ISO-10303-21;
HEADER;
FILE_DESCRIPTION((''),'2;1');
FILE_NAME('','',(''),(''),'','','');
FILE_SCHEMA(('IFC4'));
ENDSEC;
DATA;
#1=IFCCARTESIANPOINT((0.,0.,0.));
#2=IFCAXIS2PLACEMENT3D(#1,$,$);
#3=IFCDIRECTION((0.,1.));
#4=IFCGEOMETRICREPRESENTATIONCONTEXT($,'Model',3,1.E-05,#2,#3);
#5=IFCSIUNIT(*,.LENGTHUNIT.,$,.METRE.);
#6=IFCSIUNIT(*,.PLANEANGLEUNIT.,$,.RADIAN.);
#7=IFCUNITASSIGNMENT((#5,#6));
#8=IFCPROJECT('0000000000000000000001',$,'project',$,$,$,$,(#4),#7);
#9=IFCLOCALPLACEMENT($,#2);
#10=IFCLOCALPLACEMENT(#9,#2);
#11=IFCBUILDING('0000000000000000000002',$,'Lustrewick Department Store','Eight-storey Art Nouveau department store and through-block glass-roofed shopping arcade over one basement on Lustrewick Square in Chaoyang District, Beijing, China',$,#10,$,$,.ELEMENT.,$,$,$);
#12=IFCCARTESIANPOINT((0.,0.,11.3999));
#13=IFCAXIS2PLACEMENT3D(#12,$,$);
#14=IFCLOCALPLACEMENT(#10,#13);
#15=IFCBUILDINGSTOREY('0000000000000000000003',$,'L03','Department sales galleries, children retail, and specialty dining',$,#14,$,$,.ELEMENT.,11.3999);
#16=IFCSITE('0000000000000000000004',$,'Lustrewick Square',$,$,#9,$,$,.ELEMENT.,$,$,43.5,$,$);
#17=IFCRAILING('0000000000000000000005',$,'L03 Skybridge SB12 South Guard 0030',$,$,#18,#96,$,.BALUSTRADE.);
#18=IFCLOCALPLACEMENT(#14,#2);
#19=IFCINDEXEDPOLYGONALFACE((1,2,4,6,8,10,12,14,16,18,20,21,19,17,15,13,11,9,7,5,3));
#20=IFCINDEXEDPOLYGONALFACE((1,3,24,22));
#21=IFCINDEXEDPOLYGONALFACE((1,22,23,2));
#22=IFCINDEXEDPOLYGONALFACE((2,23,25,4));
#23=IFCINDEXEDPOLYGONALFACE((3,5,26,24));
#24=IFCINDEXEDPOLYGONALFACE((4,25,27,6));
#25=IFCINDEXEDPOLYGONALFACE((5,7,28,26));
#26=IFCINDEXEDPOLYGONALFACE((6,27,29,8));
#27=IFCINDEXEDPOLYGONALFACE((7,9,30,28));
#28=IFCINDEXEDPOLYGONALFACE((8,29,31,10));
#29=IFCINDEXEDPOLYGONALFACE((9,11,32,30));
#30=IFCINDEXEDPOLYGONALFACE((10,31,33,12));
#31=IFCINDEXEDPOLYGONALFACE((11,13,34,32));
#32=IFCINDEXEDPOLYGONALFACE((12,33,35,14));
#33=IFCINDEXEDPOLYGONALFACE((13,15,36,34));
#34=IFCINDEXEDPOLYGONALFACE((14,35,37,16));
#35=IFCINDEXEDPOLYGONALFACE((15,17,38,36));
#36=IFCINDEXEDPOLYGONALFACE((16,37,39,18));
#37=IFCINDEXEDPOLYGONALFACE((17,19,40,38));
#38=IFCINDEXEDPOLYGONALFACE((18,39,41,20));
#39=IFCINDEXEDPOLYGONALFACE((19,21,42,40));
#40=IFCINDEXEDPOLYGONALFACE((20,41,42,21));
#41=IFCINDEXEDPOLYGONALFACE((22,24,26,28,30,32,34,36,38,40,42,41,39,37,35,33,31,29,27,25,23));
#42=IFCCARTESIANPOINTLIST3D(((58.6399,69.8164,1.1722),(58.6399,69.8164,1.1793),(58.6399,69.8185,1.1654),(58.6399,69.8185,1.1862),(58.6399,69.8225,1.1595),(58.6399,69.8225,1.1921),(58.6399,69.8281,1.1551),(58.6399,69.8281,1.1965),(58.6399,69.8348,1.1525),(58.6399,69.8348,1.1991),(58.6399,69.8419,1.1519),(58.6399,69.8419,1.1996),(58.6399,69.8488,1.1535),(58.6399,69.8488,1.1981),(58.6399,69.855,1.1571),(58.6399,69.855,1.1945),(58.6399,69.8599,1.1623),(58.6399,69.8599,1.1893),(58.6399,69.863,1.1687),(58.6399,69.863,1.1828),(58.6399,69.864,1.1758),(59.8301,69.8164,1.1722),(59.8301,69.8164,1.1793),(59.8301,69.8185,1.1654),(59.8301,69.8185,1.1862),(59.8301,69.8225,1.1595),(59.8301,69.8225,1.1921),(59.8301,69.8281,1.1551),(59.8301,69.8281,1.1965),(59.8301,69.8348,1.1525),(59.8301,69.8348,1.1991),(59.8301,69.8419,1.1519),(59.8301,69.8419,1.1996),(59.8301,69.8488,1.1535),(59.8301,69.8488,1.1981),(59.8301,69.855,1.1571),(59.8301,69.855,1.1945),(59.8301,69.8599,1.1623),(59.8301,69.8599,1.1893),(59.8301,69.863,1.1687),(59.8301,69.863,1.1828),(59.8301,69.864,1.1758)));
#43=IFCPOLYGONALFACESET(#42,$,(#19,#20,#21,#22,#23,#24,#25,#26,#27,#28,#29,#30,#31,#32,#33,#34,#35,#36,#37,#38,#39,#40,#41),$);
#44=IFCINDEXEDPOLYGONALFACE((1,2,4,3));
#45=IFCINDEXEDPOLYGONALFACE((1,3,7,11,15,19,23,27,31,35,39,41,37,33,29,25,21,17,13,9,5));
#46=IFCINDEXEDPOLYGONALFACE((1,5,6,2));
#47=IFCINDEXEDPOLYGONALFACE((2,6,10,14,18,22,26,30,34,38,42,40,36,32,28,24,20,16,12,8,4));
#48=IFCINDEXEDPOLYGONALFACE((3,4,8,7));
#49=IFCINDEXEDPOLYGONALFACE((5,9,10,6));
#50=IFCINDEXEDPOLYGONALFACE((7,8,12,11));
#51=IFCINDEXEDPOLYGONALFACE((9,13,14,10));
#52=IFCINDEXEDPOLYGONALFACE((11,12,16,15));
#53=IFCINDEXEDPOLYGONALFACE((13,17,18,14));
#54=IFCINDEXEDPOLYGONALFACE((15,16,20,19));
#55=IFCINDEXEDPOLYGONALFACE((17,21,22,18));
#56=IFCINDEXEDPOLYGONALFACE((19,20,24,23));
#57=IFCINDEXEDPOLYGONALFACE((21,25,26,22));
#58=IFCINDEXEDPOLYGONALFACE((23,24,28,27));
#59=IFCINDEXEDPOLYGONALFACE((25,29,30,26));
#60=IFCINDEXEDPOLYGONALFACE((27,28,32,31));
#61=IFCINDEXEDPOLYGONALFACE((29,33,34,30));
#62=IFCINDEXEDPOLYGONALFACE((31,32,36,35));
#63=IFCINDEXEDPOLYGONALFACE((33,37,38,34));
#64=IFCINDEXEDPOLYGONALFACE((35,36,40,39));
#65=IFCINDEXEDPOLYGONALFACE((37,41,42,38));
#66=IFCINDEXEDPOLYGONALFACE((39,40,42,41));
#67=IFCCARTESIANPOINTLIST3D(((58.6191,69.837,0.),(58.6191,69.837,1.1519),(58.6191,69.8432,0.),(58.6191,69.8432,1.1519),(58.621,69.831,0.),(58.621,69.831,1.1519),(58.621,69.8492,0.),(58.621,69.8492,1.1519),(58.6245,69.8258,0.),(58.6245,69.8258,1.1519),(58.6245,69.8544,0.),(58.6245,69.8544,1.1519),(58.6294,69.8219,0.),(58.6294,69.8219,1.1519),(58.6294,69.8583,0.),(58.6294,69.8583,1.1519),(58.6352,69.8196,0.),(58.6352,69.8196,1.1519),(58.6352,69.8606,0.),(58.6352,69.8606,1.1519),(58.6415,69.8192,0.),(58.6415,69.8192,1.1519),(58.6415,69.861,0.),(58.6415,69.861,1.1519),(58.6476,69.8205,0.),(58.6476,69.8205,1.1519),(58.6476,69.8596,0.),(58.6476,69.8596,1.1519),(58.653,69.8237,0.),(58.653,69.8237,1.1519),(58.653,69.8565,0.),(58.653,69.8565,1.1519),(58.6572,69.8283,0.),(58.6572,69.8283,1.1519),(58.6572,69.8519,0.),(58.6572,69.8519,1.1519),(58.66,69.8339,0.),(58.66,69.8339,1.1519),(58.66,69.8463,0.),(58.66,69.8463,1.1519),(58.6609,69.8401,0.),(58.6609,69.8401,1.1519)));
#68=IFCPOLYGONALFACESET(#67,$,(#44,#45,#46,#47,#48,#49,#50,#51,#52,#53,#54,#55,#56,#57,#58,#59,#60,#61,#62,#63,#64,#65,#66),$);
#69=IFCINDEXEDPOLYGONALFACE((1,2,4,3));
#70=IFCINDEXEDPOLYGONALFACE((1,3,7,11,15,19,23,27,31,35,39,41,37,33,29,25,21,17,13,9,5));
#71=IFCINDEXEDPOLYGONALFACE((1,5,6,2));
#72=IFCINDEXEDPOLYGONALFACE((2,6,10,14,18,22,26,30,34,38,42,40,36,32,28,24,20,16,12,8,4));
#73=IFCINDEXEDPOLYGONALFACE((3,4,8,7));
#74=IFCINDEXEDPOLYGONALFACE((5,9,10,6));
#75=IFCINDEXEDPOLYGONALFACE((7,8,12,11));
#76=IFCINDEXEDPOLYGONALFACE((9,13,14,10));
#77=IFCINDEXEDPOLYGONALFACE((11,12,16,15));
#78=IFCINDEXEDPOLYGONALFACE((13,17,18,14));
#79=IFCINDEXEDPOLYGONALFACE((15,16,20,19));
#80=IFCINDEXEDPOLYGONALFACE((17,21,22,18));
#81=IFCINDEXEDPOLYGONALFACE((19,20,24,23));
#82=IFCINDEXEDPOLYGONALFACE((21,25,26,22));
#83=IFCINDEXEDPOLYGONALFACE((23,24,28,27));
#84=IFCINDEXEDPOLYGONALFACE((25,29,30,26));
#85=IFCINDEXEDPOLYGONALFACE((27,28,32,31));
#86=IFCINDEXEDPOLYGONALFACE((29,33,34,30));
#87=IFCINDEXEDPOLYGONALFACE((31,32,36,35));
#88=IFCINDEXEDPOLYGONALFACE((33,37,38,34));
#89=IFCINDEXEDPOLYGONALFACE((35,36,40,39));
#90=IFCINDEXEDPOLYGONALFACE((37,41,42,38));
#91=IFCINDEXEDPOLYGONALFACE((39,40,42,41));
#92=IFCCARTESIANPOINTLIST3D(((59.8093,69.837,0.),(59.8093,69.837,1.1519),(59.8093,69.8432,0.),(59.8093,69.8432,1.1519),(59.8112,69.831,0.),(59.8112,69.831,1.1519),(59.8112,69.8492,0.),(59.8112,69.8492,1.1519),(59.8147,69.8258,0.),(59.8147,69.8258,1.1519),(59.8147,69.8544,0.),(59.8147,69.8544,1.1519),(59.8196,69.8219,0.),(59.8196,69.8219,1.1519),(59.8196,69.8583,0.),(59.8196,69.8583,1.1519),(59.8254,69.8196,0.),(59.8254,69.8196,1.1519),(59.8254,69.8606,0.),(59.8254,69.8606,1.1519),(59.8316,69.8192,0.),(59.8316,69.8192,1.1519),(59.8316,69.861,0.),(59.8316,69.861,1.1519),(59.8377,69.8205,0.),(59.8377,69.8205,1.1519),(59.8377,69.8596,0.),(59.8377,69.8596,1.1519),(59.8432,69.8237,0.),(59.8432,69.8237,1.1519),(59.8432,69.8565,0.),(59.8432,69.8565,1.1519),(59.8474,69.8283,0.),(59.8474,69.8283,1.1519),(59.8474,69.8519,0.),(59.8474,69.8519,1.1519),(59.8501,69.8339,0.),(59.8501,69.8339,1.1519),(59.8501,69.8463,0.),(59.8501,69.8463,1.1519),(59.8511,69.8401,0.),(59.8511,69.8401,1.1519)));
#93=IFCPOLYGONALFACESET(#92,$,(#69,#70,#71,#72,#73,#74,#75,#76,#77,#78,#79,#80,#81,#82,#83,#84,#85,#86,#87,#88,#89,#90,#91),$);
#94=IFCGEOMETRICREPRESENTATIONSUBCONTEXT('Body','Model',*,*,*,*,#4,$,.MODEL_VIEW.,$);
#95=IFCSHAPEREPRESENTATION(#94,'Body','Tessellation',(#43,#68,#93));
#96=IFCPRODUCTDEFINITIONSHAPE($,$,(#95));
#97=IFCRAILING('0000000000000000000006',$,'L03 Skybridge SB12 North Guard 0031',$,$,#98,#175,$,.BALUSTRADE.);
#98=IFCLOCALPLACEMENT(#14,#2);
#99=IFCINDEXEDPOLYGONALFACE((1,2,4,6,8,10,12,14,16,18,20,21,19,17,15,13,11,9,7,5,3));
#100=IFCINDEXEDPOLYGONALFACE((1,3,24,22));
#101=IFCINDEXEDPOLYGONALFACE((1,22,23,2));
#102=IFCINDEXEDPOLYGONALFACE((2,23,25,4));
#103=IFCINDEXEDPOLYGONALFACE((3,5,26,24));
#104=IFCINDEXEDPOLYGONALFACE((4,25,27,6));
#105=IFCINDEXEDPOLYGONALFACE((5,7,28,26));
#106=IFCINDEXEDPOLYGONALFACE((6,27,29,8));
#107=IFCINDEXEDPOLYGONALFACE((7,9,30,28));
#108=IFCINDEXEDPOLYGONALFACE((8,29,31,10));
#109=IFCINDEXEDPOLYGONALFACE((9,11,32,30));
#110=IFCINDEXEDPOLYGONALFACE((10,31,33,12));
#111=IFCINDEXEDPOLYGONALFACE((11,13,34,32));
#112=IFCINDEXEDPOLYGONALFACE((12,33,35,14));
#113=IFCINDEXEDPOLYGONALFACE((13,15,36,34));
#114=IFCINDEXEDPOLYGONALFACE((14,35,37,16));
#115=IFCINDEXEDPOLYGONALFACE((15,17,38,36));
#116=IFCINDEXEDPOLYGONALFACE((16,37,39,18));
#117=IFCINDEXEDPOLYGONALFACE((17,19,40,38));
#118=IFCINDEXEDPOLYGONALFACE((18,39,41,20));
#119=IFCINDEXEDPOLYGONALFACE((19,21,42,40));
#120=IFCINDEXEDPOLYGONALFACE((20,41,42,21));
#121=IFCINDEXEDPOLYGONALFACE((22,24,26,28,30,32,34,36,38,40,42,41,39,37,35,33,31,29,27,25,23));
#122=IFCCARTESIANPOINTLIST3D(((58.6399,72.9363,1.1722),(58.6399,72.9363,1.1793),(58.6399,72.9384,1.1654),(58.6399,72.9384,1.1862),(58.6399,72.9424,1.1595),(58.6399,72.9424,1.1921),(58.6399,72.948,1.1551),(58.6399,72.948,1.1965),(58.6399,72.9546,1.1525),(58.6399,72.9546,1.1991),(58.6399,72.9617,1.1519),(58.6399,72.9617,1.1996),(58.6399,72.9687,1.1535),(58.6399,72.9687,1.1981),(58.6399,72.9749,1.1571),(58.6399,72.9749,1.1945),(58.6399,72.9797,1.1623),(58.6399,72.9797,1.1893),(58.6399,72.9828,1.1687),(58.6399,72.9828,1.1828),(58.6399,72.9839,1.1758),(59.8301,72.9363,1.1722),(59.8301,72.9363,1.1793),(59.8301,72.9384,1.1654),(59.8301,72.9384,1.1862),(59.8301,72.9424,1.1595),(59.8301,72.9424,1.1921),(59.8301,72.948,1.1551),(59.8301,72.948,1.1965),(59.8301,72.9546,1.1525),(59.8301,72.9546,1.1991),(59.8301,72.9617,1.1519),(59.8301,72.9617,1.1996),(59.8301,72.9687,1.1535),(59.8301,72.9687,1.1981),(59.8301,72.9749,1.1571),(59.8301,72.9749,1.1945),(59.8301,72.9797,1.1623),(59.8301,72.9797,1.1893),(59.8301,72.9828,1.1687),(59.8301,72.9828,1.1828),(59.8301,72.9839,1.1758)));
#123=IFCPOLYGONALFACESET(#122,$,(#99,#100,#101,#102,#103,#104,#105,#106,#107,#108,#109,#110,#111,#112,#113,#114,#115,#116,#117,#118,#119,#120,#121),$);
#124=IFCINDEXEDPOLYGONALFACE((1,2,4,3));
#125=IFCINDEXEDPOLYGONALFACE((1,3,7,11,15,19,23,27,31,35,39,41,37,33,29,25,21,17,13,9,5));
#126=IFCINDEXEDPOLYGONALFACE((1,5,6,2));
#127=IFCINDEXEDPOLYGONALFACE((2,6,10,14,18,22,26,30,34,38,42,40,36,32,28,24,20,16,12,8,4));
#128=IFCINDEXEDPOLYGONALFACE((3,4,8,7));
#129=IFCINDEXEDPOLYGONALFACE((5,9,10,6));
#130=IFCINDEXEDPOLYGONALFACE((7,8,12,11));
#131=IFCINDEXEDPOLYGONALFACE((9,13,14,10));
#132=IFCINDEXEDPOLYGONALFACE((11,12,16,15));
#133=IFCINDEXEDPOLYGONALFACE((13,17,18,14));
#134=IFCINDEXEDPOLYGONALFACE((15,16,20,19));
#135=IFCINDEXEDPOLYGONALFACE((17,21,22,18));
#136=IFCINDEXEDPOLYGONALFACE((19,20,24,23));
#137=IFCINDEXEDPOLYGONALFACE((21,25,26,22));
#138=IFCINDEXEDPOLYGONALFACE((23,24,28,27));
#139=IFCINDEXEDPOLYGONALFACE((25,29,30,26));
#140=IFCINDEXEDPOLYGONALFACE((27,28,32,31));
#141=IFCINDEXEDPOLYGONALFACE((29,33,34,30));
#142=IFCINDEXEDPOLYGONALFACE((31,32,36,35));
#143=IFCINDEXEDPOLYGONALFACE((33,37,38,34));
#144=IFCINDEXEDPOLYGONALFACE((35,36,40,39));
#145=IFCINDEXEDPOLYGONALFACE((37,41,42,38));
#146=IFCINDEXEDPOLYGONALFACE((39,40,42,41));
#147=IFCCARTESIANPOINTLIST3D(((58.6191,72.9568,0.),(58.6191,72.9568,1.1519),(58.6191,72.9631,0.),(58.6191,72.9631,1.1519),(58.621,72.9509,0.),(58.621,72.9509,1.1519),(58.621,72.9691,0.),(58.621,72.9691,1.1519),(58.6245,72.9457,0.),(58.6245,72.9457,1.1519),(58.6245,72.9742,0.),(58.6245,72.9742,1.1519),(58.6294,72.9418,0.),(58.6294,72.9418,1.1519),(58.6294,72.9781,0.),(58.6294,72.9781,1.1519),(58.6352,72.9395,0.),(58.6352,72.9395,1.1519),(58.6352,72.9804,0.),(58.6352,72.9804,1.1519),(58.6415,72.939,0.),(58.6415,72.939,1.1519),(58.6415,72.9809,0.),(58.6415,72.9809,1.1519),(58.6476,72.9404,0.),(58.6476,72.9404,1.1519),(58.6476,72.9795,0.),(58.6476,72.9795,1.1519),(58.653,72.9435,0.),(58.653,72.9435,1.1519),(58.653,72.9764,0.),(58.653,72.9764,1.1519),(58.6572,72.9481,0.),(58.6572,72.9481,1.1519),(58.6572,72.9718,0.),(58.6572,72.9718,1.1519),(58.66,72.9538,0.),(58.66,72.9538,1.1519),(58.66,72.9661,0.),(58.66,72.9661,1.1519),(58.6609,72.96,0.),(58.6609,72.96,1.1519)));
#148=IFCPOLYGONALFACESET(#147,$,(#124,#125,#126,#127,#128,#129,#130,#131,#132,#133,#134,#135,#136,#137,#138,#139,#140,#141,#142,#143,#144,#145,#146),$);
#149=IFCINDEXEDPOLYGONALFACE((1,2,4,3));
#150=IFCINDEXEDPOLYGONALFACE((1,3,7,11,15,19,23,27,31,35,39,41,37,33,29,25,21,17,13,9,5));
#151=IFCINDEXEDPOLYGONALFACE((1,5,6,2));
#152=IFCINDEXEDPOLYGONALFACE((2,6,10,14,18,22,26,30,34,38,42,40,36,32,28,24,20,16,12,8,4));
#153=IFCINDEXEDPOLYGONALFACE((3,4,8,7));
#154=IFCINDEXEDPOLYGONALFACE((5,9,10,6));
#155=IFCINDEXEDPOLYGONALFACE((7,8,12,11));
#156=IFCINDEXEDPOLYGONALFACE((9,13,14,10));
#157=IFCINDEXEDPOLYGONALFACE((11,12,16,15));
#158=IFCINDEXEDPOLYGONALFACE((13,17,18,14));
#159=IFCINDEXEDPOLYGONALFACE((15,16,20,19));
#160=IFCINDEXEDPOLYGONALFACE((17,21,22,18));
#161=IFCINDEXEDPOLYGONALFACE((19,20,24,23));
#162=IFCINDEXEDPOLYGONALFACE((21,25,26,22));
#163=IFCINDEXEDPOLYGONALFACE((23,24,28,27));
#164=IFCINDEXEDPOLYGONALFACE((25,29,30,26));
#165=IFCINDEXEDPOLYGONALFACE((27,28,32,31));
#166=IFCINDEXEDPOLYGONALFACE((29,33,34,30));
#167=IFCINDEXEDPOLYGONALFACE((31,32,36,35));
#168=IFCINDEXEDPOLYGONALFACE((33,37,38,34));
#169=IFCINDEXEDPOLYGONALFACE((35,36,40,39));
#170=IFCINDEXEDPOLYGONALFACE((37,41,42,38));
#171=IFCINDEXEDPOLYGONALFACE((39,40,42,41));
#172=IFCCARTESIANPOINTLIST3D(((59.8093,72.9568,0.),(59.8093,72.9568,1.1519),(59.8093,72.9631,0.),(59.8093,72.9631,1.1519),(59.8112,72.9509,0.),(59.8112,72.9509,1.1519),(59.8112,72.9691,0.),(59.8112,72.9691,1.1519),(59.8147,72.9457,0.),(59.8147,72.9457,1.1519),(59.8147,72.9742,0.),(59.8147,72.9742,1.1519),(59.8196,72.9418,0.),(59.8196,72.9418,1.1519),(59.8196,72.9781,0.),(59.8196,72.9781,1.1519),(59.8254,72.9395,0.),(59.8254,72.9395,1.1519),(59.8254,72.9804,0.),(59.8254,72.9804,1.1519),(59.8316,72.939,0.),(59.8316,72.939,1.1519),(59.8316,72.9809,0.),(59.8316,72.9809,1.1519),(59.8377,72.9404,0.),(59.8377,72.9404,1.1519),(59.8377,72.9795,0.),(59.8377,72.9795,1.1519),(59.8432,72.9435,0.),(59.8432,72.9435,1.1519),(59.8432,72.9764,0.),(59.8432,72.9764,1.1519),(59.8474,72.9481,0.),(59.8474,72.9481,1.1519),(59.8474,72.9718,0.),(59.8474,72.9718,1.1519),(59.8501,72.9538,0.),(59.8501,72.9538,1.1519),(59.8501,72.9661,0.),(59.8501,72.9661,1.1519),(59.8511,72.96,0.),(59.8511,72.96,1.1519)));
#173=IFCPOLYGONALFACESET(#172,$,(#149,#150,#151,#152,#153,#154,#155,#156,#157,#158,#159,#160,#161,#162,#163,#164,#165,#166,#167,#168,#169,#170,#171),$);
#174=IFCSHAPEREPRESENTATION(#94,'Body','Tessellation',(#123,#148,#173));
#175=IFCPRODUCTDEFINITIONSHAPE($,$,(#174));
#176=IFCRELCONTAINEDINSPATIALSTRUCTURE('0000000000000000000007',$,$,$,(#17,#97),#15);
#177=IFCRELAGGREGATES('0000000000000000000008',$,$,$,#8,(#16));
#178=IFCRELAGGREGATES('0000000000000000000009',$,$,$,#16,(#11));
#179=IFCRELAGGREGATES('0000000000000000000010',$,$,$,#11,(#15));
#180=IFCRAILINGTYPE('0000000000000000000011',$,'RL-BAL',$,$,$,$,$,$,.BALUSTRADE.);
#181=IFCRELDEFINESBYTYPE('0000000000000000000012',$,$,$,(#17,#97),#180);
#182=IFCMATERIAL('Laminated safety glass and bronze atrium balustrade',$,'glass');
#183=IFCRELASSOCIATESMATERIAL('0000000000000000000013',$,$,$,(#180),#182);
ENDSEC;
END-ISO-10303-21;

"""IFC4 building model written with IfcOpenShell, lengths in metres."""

from ifc_helpers import new_model, si_unit, direction, frame, origin, origin_2d, place, context, subcontext, project, spatial, circle, extrude, material, type_object, element, save


model = new_model("IFC4")

# Units and contexts
model_context = context("Model", 3, precision=1e-05, world=origin(), true_north=direction((0.0, 1.0)))
body_context = subcontext(model_context, "Body", "Model", "MODEL_VIEW")
ifc_project = project(units=[si_unit("LENGTHUNIT", "METRE"), si_unit("PLANEANGLEUNIT", "RADIAN")], contexts=[model_context])

# Site, building, storey
site_placement = place(None, origin())
site = spatial("IfcSite", under=ifc_project, at=site_placement, Name="Lustrewick Square", CompositionType="ELEMENT", RefElevation=43.5)
building_placement = place(site_placement, origin())
building = spatial("IfcBuilding", under=site, at=building_placement, Name="Lustrewick Department Store", Description="Eight-storey Art Nouveau department store and through-block glass-roofed shopping arcade over one basement on Lustrewick Square in Chaoyang District, Beijing, China", CompositionType="ELEMENT")
storey_placement = place(building_placement, frame((0.0, 0.0, 11.3999)))
storey = spatial("IfcBuildingStorey", under=building, at=storey_placement, Name="L03", Description="Department sales galleries, children retail, and specialty dining", CompositionType="ELEMENT", Elevation=11.3999)

# Railings
ifc_material_1 = material(Name="Laminated safety glass and bronze atrium balustrade", Category="glass")
railing_type_1 = type_object("IfcRailingType", Name="RL-BAL", PredefinedType="BALUSTRADE", material=ifc_material_1)
for number, where, name in (
    (1, (58.6399, 69.8401, 0.0), "L03 Skybridge SB12 South Guard 0030"),
    (2, (58.6399, 72.96, 0.0), "L03 Skybridge SB12 North Guard 0031"),
):
    element("IfcRailing", number, at=place(storey_placement, frame(where)), inside=storey, type_object=railing_type_1, Name=name, PredefinedType="BALUSTRADE", context=body_context, shape_type="SweptSolid", body=[
        extrude(circle(Radius=0.0239, at=origin_2d()), frame((0.0, 0.0, 1.1758), z_axis=(1.0, 0.0, 0.0), x_axis=(0.0, 1.0, 0.0)), (0.0, 0.0, 1.0), 1.1902),
        extrude(circle(Radius=0.021, at=origin_2d()), origin(), (0.0, 0.0, 1.0), 1.1519),
        extrude(circle(Radius=0.021, at=origin_2d()), frame((1.1902, 0.0, 0.0)), (0.0, 0.0, 1.0), 1.1519),
    ])

save(model, "model.ifc")
